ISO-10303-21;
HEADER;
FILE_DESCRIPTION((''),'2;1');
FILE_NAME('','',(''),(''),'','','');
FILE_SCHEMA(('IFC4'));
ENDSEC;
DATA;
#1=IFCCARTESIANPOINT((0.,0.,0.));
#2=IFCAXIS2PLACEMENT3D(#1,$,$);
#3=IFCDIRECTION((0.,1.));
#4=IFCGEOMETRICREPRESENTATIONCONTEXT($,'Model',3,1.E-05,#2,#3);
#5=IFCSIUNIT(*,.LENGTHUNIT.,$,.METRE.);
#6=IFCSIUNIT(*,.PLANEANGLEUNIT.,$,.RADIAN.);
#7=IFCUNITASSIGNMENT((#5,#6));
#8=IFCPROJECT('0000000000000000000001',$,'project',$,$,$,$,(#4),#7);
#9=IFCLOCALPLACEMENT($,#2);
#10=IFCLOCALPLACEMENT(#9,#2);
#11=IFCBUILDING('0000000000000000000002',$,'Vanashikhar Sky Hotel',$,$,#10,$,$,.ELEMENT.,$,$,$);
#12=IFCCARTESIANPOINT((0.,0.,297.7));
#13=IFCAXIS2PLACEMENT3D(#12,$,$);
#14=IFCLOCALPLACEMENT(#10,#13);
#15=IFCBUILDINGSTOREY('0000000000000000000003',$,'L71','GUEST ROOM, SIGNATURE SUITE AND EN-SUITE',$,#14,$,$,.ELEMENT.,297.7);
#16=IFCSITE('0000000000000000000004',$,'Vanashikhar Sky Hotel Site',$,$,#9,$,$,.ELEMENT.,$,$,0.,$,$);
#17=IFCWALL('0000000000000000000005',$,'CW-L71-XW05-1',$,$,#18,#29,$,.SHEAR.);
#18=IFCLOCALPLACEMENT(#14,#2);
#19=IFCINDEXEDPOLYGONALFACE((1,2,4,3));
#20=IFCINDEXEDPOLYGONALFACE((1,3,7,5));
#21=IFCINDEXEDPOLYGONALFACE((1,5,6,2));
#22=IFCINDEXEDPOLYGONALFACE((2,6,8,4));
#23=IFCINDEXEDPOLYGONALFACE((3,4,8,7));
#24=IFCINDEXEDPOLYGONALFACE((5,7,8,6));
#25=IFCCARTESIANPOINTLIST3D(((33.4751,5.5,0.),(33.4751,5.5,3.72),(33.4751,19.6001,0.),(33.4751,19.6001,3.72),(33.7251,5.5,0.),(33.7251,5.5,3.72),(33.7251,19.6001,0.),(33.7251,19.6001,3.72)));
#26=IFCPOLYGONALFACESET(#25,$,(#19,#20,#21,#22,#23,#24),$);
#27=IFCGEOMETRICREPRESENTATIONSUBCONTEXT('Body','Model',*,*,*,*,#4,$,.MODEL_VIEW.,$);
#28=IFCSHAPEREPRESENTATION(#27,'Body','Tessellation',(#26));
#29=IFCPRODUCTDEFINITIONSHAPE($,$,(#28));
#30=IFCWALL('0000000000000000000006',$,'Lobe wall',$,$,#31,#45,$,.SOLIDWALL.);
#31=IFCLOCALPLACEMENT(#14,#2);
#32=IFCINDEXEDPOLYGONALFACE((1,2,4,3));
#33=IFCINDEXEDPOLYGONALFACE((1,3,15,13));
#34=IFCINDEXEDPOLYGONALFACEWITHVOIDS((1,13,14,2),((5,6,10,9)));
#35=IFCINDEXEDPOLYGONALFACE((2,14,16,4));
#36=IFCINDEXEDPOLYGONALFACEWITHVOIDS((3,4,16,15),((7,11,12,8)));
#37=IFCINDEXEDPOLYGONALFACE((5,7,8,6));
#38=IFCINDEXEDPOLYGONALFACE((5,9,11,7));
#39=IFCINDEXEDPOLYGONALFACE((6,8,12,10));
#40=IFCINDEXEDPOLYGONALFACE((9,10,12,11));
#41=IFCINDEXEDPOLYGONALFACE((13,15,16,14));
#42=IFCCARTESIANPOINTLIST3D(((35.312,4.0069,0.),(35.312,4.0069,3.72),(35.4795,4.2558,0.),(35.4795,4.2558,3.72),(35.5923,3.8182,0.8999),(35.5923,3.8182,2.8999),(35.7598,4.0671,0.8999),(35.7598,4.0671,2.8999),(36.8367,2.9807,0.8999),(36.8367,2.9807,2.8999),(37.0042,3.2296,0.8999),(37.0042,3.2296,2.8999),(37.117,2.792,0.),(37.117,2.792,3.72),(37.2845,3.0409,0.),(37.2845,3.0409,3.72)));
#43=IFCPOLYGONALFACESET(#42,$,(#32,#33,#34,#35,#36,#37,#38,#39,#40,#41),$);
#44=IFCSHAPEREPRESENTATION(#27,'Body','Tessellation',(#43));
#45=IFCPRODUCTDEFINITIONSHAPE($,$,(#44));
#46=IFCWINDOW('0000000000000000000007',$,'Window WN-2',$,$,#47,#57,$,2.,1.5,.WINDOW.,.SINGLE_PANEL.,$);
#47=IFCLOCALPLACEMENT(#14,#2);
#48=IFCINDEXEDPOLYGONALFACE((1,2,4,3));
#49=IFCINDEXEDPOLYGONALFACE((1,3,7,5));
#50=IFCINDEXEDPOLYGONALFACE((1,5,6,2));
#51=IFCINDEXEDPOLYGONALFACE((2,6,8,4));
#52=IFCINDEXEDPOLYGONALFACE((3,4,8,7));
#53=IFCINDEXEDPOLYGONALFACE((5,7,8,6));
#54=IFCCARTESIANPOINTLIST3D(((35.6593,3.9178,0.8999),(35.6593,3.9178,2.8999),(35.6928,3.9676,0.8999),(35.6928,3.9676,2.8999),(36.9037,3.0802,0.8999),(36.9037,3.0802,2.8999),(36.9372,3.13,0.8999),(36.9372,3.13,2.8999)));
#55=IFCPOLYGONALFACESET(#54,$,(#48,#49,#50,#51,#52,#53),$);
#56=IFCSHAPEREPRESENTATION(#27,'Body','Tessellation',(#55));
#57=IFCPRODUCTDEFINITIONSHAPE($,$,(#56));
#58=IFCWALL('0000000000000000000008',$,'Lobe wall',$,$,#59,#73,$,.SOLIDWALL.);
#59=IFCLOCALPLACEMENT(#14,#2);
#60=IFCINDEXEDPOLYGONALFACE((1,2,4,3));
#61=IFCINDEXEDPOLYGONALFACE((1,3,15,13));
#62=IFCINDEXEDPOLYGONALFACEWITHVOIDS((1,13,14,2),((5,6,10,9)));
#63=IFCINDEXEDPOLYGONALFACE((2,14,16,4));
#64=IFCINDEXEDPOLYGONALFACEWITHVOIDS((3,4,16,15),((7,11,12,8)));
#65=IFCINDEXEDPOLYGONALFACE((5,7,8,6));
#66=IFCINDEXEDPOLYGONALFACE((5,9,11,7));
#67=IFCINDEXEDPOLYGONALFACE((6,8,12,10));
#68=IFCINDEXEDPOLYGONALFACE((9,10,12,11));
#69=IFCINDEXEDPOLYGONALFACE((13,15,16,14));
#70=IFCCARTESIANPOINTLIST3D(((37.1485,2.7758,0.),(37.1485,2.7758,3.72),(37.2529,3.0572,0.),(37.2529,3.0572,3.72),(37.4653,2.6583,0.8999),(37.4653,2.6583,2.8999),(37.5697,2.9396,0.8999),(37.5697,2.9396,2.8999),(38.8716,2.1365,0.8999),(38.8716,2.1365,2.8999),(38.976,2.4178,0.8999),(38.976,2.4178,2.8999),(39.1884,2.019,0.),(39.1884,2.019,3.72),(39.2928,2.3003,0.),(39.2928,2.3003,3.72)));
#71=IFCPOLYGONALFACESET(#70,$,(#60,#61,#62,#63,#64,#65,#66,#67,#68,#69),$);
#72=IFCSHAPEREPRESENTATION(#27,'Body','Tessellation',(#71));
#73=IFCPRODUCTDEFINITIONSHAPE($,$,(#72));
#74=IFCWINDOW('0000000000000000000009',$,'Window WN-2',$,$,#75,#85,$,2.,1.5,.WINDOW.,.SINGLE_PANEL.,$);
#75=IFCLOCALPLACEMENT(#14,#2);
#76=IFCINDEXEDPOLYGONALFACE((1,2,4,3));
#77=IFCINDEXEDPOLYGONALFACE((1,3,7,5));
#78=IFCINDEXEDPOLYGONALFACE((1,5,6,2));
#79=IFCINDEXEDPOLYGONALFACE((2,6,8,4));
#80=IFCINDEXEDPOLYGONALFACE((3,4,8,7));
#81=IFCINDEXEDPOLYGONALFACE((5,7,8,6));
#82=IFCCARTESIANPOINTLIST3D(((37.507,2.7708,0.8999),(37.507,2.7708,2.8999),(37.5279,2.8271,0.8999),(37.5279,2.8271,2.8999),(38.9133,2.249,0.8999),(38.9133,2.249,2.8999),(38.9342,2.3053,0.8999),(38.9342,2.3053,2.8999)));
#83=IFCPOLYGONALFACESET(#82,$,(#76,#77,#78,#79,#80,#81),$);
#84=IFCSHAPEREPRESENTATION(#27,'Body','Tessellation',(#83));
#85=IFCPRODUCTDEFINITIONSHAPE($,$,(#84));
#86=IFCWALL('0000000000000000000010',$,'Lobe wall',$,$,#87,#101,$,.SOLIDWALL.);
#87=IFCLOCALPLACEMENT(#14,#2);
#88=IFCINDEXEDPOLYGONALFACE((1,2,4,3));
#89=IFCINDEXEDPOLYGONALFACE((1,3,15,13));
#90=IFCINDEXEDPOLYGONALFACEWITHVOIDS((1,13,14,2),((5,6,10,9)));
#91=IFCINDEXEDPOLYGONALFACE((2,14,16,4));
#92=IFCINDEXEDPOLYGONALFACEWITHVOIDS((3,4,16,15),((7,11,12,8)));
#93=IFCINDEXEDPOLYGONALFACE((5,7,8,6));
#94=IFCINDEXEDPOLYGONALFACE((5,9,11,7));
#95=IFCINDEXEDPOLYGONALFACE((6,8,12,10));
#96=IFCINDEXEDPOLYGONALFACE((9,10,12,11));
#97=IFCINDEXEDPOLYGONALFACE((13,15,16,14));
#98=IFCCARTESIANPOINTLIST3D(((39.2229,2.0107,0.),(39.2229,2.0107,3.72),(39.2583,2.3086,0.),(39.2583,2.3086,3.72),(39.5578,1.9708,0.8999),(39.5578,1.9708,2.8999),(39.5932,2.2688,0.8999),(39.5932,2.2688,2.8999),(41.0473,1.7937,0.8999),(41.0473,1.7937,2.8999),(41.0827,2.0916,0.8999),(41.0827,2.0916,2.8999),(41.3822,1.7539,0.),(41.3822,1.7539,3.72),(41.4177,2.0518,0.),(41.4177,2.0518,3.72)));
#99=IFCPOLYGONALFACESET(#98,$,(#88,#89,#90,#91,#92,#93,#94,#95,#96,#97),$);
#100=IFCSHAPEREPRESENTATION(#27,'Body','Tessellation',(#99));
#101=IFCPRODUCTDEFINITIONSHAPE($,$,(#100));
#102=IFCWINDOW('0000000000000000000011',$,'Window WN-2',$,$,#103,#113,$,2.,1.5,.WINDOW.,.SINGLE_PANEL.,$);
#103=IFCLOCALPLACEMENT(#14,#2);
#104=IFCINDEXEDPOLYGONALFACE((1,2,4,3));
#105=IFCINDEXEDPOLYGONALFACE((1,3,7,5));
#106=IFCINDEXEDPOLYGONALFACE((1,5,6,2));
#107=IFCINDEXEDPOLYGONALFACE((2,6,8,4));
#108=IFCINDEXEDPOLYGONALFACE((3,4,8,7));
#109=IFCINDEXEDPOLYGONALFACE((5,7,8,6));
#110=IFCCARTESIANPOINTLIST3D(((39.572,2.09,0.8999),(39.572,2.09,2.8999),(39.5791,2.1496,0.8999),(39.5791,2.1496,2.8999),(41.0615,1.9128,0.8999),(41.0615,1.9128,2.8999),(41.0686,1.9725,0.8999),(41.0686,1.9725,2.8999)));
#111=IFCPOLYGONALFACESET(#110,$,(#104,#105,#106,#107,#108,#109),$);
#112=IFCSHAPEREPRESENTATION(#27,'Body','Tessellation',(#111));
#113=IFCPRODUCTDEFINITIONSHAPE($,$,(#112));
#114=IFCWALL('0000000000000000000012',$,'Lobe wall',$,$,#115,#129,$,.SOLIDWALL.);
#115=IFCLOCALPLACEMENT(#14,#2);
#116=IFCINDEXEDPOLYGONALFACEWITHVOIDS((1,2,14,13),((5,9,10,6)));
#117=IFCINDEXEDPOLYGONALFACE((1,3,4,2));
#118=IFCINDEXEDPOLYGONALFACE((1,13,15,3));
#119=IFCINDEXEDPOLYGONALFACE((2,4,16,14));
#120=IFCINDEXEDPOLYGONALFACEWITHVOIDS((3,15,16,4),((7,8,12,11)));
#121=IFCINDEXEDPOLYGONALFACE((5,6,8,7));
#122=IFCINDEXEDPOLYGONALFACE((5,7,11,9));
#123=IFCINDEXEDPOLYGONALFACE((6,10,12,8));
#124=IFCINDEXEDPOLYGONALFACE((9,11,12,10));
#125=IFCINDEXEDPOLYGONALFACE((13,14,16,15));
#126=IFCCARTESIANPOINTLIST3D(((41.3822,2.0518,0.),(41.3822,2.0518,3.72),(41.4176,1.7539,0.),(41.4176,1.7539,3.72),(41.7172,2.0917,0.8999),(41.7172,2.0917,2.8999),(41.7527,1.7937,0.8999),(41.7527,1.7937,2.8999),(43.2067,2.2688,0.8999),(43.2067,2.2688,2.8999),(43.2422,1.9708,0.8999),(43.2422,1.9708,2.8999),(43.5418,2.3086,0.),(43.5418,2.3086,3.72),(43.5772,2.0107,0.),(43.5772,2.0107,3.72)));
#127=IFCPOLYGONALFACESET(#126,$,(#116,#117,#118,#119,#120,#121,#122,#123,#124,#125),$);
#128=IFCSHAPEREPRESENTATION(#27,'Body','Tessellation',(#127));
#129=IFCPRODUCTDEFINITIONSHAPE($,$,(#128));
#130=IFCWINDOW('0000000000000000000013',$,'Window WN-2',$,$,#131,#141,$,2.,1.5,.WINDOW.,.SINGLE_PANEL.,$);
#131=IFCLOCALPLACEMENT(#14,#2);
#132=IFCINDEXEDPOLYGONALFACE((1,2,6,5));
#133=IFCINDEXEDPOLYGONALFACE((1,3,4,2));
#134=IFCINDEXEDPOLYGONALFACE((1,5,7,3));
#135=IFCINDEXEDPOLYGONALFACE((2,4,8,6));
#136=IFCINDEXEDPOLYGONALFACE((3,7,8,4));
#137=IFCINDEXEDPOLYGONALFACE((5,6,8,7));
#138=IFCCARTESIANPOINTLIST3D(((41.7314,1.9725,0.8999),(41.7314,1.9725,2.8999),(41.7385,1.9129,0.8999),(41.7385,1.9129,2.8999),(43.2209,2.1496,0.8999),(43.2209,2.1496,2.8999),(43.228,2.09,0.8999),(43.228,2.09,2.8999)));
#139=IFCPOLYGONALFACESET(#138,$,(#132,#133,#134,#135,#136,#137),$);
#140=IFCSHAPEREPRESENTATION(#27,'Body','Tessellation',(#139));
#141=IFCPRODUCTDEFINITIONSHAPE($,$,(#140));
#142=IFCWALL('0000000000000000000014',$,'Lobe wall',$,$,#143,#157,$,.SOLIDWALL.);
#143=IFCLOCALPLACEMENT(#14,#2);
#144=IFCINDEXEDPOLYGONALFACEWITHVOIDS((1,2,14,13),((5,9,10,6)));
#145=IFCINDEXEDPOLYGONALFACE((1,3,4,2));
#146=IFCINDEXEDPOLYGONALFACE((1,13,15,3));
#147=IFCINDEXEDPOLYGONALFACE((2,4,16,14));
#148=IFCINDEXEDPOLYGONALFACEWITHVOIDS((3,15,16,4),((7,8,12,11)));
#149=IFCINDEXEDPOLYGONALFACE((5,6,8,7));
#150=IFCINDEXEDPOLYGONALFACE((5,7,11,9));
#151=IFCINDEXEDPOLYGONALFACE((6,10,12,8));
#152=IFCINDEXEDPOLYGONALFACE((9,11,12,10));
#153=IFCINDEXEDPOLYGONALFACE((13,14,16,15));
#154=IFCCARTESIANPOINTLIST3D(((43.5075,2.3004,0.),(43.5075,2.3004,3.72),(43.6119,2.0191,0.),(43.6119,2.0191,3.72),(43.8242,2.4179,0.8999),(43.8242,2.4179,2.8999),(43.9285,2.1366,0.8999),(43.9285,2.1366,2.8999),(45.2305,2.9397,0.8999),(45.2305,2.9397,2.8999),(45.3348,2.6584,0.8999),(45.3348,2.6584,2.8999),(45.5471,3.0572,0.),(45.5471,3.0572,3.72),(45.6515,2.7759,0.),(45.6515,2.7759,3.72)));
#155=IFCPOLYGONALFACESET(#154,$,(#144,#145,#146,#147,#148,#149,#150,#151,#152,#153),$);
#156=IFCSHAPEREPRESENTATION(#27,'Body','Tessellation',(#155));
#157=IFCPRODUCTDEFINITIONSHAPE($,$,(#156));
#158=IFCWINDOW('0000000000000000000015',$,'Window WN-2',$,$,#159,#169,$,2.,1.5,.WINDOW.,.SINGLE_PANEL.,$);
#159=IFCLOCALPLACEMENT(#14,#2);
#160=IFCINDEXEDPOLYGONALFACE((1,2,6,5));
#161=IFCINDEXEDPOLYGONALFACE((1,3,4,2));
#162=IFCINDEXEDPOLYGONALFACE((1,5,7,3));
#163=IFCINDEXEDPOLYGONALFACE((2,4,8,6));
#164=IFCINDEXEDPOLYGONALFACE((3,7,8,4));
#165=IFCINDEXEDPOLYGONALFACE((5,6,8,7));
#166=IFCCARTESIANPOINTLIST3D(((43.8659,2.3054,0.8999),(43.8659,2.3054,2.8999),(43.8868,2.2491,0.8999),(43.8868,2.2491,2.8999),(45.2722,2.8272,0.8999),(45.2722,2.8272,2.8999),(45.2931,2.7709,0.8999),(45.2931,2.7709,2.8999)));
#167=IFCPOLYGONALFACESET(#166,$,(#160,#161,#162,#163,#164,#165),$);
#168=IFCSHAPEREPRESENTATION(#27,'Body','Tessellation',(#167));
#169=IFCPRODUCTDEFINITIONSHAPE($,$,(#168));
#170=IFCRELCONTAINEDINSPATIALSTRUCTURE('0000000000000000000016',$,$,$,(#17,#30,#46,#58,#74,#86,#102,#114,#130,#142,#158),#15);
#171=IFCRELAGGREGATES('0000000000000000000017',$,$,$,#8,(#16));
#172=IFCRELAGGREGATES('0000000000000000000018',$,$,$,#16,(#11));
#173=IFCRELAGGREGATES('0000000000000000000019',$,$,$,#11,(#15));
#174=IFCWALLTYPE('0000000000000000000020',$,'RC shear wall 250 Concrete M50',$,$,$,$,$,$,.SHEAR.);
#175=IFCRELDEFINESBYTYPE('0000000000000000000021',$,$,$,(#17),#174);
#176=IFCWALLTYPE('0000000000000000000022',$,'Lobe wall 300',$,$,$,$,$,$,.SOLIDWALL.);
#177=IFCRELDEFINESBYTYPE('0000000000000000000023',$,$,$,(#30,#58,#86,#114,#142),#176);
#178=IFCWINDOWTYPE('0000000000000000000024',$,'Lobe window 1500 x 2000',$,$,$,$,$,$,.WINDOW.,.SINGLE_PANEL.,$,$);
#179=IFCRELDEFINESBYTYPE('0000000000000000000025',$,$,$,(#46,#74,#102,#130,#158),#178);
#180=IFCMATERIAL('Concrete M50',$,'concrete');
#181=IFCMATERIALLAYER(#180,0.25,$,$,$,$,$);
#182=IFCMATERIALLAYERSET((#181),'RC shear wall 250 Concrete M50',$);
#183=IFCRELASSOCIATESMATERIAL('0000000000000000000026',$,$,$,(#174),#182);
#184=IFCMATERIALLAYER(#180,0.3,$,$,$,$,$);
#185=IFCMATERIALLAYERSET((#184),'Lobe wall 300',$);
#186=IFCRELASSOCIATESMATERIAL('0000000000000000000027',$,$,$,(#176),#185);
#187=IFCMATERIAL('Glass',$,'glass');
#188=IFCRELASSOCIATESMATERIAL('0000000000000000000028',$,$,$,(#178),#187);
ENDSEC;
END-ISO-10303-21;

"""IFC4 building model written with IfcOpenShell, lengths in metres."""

from ifc_helpers import new_model, si_unit, direction, frame, frame_2d, origin, place, context, subcontext, project, spatial, rectangle, extrude, source, transform, mapped, material, layer, layer_set, type_object, element, fill, save


model = new_model("IFC4")

# Units and contexts
model_context = context("Model", 3, precision=1e-05, world=origin(), true_north=direction((0.0, 1.0)))
body_context = subcontext(model_context, "Body", "Model", "MODEL_VIEW")
ifc_project = project(units=[si_unit("LENGTHUNIT", "METRE"), si_unit("PLANEANGLEUNIT", "RADIAN")], contexts=[model_context])

# Site, building, storey
site_placement = place(None, origin())
site = spatial("IfcSite", under=ifc_project, at=site_placement, Name="Vanashikhar Sky Hotel Site", CompositionType="ELEMENT", RefElevation=0.0)
building_placement = place(site_placement, origin())
building = spatial("IfcBuilding", under=site, at=building_placement, Name="Vanashikhar Sky Hotel", CompositionType="ELEMENT")
storey_placement = place(building_placement, frame((0.0, 0.0, 297.7)))
storey = spatial("IfcBuildingStorey", under=building, at=storey_placement, Name="L71", Description="GUEST ROOM, SIGNATURE SUITE AND EN-SUITE", CompositionType="ELEMENT", Elevation=297.7)

# Wall
ifc_material_1 = material(Name="Concrete M50", Category="concrete")
ifc_layer_1 = layer(ifc_material_1, 0.25)
ifc_layer_set_1 = layer_set([ifc_layer_1], Name="RC shear wall 250 Concrete M50")
wall_type_1 = type_object("IfcWallType", Name="RC shear wall 250 Concrete M50", PredefinedType="SHEAR", material=ifc_layer_set_1)
shared_shape_1 = source(origin(), body_context, "Body", "SweptSolid", [
    extrude(rectangle(XDim=14.1001, YDim=0.25, at=frame_2d((7.05, 0.0))), origin(), (0.0, 0.0, 1.0), 3.72),
])
wall_1_placement = place(storey_placement, frame((33.6001, 5.5, 0.0), z_axis=(0.0, 0.0, 1.0), x_axis=(0.0, 1.0, 0.0)))
element("IfcWall", 1, at=wall_1_placement, inside=storey, type_object=wall_type_1, Name="CW-L71-XW05-1", PredefinedType="SHEAR", context=body_context, shape_type="MappedRepresentation", body=[
    mapped(shared_shape_1, transform((0.0, 0.0, 0.0), scale=1.0)),
])

# Walls, openings, windows
ifc_layer_2 = layer(ifc_material_1, 0.3)
ifc_layer_set_2 = layer_set([ifc_layer_2], Name="Lobe wall 300")
wall_type_2 = type_object("IfcWallType", Name="Lobe wall 300", PredefinedType="SOLIDWALL", material=ifc_layer_set_2)
shared_shape_2 = source(origin(), body_context, "Body", "SweptSolid", [
    extrude(rectangle(XDim=2.1758, YDim=0.3, at=frame_2d((1.0879, 0.0))), origin(), (0.0, 0.0, 1.0), 3.72),
])
wall_2_placement = place(storey_placement, frame((35.3958, 4.1313, 0.0), z_axis=(0.0, 0.0, 1.0), x_axis=(0.829591, -0.558372, 0.0)))
wall_2 = element("IfcWall", 2, at=wall_2_placement, inside=storey, type_object=wall_type_2, Name="Lobe wall", PredefinedType="SOLIDWALL", context=body_context, shape_type="MappedRepresentation", body=[
    mapped(shared_shape_2, transform((0.0, 0.0, 0.0), scale=1.0)),
])
shared_shape_3 = source(origin(), body_context, "Body", "SweptSolid", [
    extrude(rectangle(XDim=1.5, YDim=2.0, at=frame_2d((0.75, 1.0))), frame((0.0, 0.1602, 0.0), z_axis=(0.0, -1.0, 0.0), x_axis=(1.0, 0.0, 0.0)), (0.0, 0.0, 1.0), 0.3201),
])
opening_1_placement = place(wall_2_placement, frame((0.3379, 0.0, 0.8999)))
opening_1 = element("IfcOpeningElement", 3, at=opening_1_placement, cuts=wall_2, PredefinedType="OPENING", context=body_context, shape_type="MappedRepresentation", body=[
    mapped(shared_shape_3, transform((0.0, 0.0, 0.0), scale=1.0)),
])
ifc_material_2 = material(Name="Glass", Category="glass")
window_type = type_object("IfcWindowType", Name="Lobe window 1500 x 2000", PartitioningType="SINGLE_PANEL", PredefinedType="WINDOW", material=ifc_material_2)
shared_shape_4 = source(origin(), body_context, "Body", "SweptSolid", [
    extrude(rectangle(XDim=1.5, YDim=2.0, at=frame_2d((0.75, 1.0))), frame((0.0, 0.03, 0.0), z_axis=(0.0, -1.0, 0.0), x_axis=(1.0, 0.0, 0.0)), (0.0, 0.0, 1.0), 0.0601),
])
window_1_placement = place(opening_1_placement, origin())
window_1 = element("IfcWindow", 4, at=window_1_placement, inside=storey, type_object=window_type, Name="Window WN-2", OverallHeight=2.0, OverallWidth=1.5, PartitioningType="SINGLE_PANEL", PredefinedType="WINDOW", context=body_context, shape_type="MappedRepresentation", body=[
    mapped(shared_shape_4, transform((0.0, 0.0, 0.0), scale=1.0)),
])
fill(opening_1, window_1)
wall_3_placement = place(storey_placement, frame((37.2007, 2.9165, 0.0), z_axis=(0.0, 0.0, 1.0), x_axis=(0.937546, -0.347863, 0.0)))
wall_3 = element("IfcWall", 5, at=wall_3_placement, inside=storey, type_object=wall_type_2, Name="Lobe wall", PredefinedType="SOLIDWALL", context=body_context, shape_type="MappedRepresentation", body=[
    mapped(shared_shape_2, transform((0.0, 0.0, 0.0), scale=1.0)),
])
opening_2_placement = place(wall_3_placement, frame((0.3379, 0.0, 0.8999)))
opening_2 = element("IfcOpeningElement", 6, at=opening_2_placement, cuts=wall_3, PredefinedType="OPENING", context=body_context, shape_type="MappedRepresentation", body=[
    mapped(shared_shape_3, transform((0.0, 0.0, 0.0), scale=1.0)),
])
window_2_placement = place(opening_2_placement, origin())
window_2 = element("IfcWindow", 7, at=window_2_placement, inside=storey, type_object=window_type, Name="Window WN-2", OverallHeight=2.0, OverallWidth=1.5, PartitioningType="SINGLE_PANEL", PredefinedType="WINDOW", context=body_context, shape_type="MappedRepresentation", body=[
    mapped(shared_shape_4, transform((0.0, 0.0, 0.0), scale=1.0)),
])
fill(opening_2, window_2)
shared_shape_5 = source(origin(), body_context, "Body", "SweptSolid", [
    extrude(rectangle(XDim=2.1746, YDim=0.3, at=frame_2d((1.0874, 0.0))), origin(), (0.0, 0.0, 1.0), 3.72),
])
wall_4_placement = place(storey_placement, frame((39.2405, 2.1597, 0.0), z_axis=(0.0, 0.0, 1.0), x_axis=(0.993001, -0.118105, 0.0)))
wall_4 = element("IfcWall", 8, at=wall_4_placement, inside=storey, type_object=wall_type_2, Name="Lobe wall", PredefinedType="SOLIDWALL", context=body_context, shape_type="MappedRepresentation", body=[
    mapped(shared_shape_5, transform((0.0, 0.0, 0.0), scale=1.0)),
])
opening_3_placement = place(wall_4_placement, frame((0.3374, 0.0, 0.8999)))
opening_3 = element("IfcOpeningElement", 9, at=opening_3_placement, cuts=wall_4, PredefinedType="OPENING", context=body_context, shape_type="MappedRepresentation", body=[
    mapped(shared_shape_3, transform((0.0, 0.0, 0.0), scale=1.0)),
])
window_3_placement = place(opening_3_placement, origin())
window_3 = element("IfcWindow", 10, at=window_3_placement, inside=storey, type_object=window_type, Name="Window WN-2", OverallHeight=2.0, OverallWidth=1.5, PartitioningType="SINGLE_PANEL", PredefinedType="WINDOW", context=body_context, shape_type="MappedRepresentation", body=[
    mapped(shared_shape_4, transform((0.0, 0.0, 0.0), scale=1.0)),
])
fill(opening_3, window_3)
shared_shape_6 = source(origin(), body_context, "Body", "SweptSolid", [
    extrude(rectangle(XDim=2.1748, YDim=0.3, at=frame_2d((1.0874, 0.0))), origin(), (0.0, 0.0, 1.0), 3.72),
])
wall_5_placement = place(storey_placement, frame((41.3999, 1.9028, 0.0), z_axis=(0.0, 0.0, 1.0), x_axis=(0.993003, 0.118092, 0.0)))
wall_5 = element("IfcWall", 11, at=wall_5_placement, inside=storey, type_object=wall_type_2, Name="Lobe wall", PredefinedType="SOLIDWALL", context=body_context, shape_type="MappedRepresentation", body=[
    mapped(shared_shape_6, transform((0.0, 0.0, 0.0), scale=1.0)),
])
opening_4_placement = place(wall_5_placement, frame((0.3374, 0.0, 0.8999)))
opening_4 = element("IfcOpeningElement", 12, at=opening_4_placement, cuts=wall_5, PredefinedType="OPENING", context=body_context, shape_type="MappedRepresentation", body=[
    mapped(shared_shape_3, transform((0.0, 0.0, 0.0), scale=1.0)),
])
window_4_placement = place(opening_4_placement, origin())
window_4 = element("IfcWindow", 13, at=window_4_placement, inside=storey, type_object=window_type, Name="Window WN-2", OverallHeight=2.0, OverallWidth=1.5, PartitioningType="SINGLE_PANEL", PredefinedType="WINDOW", context=body_context, shape_type="MappedRepresentation", body=[
    mapped(shared_shape_4, transform((0.0, 0.0, 0.0), scale=1.0)),
])
fill(opening_4, window_4)
shared_shape_7 = source(origin(), body_context, "Body", "SweptSolid", [
    extrude(rectangle(XDim=2.1755, YDim=0.3, at=frame_2d((1.0879, 0.0))), origin(), (0.0, 0.0, 1.0), 3.72),
])
wall_6_placement = place(storey_placement, frame((43.5596, 2.1597, 0.0), z_axis=(0.0, 0.0, 1.0), x_axis=(0.937532, 0.347899, 0.0)))
wall_6 = element("IfcWall", 14, at=wall_6_placement, inside=storey, type_object=wall_type_2, Name="Lobe wall", PredefinedType="SOLIDWALL", context=body_context, shape_type="MappedRepresentation", body=[
    mapped(shared_shape_7, transform((0.0, 0.0, 0.0), scale=1.0)),
])
opening_5_placement = place(wall_6_placement, frame((0.3379, 0.0, 0.8999)))
opening_5 = element("IfcOpeningElement", 15, at=opening_5_placement, cuts=wall_6, PredefinedType="OPENING", context=body_context, shape_type="MappedRepresentation", body=[
    mapped(shared_shape_3, transform((0.0, 0.0, 0.0), scale=1.0)),
])
window_5_placement = place(opening_5_placement, origin())
window_5 = element("IfcWindow", 16, at=window_5_placement, inside=storey, type_object=window_type, Name="Window WN-2", OverallHeight=2.0, OverallWidth=1.5, PartitioningType="SINGLE_PANEL", PredefinedType="WINDOW", context=body_context, shape_type="MappedRepresentation", body=[
    mapped(shared_shape_4, transform((0.0, 0.0, 0.0), scale=1.0)),
])
fill(opening_5, window_5)

save(model, "model.ifc")
